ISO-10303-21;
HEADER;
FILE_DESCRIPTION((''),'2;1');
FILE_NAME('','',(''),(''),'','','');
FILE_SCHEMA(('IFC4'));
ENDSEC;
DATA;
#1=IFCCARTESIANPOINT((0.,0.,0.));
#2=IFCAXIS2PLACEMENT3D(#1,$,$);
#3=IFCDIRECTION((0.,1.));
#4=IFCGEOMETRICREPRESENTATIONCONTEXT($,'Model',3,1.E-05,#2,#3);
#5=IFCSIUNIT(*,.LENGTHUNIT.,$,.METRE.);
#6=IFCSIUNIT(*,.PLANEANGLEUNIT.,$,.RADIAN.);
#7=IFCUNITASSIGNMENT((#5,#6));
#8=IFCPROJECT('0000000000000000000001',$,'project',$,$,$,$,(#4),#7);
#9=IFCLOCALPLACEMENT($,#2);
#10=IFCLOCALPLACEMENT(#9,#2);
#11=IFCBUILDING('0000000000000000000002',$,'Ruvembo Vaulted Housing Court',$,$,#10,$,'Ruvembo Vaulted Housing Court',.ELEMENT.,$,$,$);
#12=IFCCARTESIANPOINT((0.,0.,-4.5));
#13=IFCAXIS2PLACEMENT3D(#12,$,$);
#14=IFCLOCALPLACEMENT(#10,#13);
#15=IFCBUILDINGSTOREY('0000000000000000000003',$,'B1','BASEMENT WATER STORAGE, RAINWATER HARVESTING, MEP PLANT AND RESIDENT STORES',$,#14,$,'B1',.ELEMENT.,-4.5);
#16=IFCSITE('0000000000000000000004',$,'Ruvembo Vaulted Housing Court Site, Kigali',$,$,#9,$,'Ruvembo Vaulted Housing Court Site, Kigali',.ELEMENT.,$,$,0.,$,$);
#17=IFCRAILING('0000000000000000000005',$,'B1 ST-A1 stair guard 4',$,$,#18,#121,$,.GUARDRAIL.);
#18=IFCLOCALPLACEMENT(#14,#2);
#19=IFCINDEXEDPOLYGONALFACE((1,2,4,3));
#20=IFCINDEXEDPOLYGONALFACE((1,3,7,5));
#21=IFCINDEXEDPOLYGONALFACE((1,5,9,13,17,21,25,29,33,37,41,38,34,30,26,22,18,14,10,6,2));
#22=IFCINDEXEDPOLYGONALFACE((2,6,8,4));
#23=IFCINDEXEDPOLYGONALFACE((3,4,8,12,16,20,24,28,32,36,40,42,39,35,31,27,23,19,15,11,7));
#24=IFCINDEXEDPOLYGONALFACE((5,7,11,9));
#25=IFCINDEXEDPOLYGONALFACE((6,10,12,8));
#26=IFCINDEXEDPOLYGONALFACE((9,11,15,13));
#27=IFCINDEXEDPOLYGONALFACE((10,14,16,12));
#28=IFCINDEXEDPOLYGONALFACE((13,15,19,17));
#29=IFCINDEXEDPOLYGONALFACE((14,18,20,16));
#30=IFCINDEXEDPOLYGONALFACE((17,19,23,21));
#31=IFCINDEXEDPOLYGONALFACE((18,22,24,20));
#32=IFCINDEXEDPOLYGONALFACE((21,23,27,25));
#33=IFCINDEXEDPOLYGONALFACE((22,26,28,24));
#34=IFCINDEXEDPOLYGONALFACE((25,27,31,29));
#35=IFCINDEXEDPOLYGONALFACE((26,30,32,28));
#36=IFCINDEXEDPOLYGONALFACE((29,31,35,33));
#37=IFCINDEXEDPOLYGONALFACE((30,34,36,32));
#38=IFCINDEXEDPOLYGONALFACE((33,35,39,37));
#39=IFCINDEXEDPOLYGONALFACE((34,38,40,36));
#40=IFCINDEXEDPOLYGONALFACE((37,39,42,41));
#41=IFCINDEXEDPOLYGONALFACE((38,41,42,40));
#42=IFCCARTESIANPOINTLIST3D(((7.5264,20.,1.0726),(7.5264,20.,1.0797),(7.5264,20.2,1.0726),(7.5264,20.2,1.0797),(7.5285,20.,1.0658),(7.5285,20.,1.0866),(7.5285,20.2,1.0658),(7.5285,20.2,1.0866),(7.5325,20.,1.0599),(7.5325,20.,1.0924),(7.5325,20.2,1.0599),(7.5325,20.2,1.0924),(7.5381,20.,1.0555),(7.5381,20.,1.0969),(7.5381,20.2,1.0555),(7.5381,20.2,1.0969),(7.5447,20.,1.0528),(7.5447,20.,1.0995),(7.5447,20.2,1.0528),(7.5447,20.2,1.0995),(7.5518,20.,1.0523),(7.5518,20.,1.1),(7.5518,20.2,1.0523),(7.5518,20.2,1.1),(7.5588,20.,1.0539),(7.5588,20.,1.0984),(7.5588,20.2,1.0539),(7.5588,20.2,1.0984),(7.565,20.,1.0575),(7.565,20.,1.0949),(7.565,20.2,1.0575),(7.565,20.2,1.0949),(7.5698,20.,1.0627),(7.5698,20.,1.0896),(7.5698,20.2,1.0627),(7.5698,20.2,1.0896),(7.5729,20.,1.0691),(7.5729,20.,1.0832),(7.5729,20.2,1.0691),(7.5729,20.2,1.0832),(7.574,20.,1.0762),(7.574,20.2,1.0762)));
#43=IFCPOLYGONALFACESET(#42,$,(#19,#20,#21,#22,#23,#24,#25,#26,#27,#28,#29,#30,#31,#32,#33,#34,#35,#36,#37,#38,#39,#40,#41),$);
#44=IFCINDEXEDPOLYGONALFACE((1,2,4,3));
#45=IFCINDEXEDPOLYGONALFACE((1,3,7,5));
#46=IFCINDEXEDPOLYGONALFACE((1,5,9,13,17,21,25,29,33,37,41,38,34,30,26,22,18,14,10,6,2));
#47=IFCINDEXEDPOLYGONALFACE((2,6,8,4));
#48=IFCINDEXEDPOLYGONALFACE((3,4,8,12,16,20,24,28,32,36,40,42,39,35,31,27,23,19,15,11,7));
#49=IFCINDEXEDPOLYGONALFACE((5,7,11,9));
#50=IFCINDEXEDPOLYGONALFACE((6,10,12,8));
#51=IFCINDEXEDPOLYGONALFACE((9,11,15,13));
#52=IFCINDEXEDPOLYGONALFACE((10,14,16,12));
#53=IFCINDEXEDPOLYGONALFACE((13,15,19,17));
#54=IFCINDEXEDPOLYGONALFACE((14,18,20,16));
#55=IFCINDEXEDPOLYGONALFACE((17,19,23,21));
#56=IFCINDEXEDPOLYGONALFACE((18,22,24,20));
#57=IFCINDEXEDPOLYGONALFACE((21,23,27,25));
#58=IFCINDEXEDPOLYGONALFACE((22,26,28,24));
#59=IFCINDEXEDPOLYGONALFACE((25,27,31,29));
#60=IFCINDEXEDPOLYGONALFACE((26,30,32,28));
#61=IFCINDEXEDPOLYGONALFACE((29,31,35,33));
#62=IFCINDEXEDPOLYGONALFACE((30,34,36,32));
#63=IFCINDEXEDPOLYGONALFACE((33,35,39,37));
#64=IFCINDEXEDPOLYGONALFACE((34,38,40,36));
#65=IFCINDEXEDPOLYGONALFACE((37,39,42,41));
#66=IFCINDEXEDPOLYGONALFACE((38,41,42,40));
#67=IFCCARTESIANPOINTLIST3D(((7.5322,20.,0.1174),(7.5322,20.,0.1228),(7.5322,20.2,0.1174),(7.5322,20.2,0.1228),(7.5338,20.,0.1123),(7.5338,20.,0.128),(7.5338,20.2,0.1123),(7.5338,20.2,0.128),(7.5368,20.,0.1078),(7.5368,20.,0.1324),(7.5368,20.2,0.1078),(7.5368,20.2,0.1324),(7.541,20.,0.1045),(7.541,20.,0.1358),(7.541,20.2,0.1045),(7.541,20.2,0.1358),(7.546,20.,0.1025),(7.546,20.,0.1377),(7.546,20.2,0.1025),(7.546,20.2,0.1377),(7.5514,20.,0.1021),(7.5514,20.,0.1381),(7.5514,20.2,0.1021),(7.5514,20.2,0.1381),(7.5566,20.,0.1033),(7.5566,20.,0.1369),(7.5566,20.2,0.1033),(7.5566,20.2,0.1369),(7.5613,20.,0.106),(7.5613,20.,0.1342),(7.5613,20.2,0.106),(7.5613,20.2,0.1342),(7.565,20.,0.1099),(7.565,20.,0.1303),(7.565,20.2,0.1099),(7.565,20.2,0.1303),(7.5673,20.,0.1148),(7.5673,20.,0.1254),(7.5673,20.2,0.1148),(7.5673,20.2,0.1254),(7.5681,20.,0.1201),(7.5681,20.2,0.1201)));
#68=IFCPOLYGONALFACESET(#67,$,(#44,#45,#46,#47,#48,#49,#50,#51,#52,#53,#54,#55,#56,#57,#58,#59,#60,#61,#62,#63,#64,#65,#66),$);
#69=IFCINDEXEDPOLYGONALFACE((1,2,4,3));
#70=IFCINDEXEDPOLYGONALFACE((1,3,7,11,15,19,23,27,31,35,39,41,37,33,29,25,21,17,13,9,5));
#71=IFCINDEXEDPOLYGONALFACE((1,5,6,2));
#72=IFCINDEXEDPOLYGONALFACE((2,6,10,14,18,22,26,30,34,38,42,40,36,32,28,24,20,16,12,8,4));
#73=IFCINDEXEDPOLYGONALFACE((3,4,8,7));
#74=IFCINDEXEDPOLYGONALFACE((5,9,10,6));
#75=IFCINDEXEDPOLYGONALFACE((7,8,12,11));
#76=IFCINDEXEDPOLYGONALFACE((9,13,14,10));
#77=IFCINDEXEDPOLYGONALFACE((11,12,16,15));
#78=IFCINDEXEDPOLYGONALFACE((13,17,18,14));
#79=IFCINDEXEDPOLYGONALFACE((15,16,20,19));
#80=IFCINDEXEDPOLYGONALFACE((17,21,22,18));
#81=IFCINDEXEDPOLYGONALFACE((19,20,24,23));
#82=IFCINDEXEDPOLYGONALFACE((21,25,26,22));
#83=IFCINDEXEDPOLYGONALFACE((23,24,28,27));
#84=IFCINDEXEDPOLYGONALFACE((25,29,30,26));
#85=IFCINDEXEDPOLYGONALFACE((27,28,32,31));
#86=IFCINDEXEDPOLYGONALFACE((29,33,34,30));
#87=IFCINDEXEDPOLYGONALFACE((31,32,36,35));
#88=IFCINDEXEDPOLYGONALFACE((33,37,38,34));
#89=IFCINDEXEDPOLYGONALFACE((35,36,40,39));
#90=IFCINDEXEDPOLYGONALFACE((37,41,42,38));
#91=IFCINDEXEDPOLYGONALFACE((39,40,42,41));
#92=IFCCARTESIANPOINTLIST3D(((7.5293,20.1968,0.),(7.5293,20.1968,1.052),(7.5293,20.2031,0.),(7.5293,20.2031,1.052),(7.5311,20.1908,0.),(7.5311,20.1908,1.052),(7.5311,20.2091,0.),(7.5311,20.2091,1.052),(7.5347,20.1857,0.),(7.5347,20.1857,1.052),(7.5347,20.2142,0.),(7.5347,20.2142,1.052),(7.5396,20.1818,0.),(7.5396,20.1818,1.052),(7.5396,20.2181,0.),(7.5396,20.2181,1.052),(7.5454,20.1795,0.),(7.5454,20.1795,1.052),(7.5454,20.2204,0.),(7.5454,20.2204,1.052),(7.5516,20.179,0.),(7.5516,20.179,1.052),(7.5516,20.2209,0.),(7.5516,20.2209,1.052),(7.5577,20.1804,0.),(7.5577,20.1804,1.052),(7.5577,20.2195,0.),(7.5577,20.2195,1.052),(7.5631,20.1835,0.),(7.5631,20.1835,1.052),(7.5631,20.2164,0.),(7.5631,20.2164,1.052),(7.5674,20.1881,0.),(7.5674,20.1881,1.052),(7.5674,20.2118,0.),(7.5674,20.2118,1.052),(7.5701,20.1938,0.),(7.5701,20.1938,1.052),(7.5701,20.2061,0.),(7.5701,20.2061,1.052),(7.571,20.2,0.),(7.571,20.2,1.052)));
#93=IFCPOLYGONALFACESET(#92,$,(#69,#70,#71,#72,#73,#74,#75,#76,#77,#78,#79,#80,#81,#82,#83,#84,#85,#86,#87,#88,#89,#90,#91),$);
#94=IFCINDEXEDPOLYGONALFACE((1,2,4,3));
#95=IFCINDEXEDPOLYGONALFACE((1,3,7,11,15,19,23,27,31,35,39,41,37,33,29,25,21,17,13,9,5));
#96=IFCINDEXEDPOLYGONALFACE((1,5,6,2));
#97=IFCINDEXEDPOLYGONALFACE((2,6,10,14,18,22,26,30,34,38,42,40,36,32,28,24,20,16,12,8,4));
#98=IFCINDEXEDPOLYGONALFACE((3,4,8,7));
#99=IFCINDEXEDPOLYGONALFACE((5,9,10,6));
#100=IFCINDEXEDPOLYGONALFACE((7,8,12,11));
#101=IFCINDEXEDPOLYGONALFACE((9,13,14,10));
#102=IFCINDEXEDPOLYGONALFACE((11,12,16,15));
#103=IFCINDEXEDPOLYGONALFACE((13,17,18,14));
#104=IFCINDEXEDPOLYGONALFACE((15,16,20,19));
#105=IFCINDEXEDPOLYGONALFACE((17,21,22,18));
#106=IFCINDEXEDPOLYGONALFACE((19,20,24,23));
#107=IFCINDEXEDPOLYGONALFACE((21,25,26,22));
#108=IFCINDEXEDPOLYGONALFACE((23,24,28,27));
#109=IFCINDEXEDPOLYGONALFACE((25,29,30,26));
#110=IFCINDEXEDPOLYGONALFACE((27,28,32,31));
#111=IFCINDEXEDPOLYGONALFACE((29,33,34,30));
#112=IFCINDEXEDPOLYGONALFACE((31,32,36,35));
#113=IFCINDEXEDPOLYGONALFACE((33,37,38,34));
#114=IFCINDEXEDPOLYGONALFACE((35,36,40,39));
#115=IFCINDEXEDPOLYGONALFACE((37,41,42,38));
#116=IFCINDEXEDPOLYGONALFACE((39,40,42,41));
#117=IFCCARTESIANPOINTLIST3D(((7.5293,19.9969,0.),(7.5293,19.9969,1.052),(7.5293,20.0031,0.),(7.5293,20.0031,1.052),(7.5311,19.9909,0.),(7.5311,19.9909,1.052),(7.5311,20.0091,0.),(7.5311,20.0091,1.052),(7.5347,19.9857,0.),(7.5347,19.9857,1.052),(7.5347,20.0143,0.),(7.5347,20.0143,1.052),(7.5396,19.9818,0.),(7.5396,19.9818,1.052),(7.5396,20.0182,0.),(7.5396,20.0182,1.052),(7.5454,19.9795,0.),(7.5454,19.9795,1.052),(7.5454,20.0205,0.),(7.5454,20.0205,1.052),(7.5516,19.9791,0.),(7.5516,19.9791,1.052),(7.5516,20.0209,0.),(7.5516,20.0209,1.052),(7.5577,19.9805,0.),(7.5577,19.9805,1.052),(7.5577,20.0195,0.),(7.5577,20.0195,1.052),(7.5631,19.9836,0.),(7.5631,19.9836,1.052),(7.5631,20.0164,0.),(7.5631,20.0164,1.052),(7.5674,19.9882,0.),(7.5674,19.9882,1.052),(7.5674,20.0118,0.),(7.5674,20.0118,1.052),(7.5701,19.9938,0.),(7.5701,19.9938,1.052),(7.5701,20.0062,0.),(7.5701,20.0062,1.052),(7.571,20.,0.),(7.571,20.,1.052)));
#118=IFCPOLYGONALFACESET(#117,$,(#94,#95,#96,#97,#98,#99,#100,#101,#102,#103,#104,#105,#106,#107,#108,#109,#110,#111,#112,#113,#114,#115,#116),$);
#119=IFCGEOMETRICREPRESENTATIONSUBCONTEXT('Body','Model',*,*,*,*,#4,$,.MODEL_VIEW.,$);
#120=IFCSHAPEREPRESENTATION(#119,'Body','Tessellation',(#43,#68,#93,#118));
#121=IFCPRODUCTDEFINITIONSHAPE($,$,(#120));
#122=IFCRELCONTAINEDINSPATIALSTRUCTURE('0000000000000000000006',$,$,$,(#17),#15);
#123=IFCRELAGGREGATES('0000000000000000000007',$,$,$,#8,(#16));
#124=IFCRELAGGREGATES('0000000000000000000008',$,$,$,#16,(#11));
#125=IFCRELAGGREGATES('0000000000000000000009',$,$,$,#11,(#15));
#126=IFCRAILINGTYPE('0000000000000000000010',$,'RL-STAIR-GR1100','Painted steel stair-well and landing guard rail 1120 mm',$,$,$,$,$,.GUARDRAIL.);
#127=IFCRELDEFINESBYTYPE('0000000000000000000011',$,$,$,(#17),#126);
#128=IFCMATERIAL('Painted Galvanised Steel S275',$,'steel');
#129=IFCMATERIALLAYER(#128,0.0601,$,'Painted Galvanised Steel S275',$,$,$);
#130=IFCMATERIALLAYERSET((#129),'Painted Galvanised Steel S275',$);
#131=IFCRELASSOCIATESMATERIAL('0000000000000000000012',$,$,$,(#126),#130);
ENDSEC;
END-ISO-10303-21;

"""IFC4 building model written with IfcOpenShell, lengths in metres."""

from ifc_helpers import new_model, si_unit, direction, frame, origin, origin_2d, place, context, subcontext, project, spatial, circle, extrude, material, layer, layer_set, type_object, element, save


model = new_model("IFC4")

# Units and contexts
model_context = context("Model", 3, precision=1e-05, world=origin(), true_north=direction((0.0, 1.0)))
body_context = subcontext(model_context, "Body", "Model", "MODEL_VIEW")
ifc_project = project(units=[si_unit("LENGTHUNIT", "METRE"), si_unit("PLANEANGLEUNIT", "RADIAN")], contexts=[model_context])

# Site, building, storey
site_placement = place(None, origin())
site = spatial("IfcSite", under=ifc_project, at=site_placement, Name="Ruvembo Vaulted Housing Court Site, Kigali", LongName="Ruvembo Vaulted Housing Court Site, Kigali", CompositionType="ELEMENT", RefElevation=0.0)
building_placement = place(site_placement, origin())
building = spatial("IfcBuilding", under=site, at=building_placement, Name="Ruvembo Vaulted Housing Court", LongName="Ruvembo Vaulted Housing Court", CompositionType="ELEMENT")
storey_placement = place(building_placement, frame((0.0, 0.0, -4.5)))
storey = spatial("IfcBuildingStorey", under=building, at=storey_placement, Name="B1", Description="BASEMENT WATER STORAGE, RAINWATER HARVESTING, MEP PLANT AND RESIDENT STORES", LongName="B1", CompositionType="ELEMENT", Elevation=-4.5)

# Railing
ifc_material_1 = material(Name="Painted Galvanised Steel S275", Category="steel")
ifc_layer_1 = layer(ifc_material_1, 0.0601, Name="Painted Galvanised Steel S275")
ifc_layer_set_1 = layer_set([ifc_layer_1], Name="Painted Galvanised Steel S275")
railing_type_1 = type_object("IfcRailingType", Name="RL-STAIR-GR1100", Description="Painted steel stair-well and landing guard rail 1120 mm", PredefinedType="GUARDRAIL", material=ifc_layer_set_1)
railing_1_placement = place(storey_placement, frame((7.55, 20.2, 0.0)))
element("IfcRailing", 1, at=railing_1_placement, inside=storey, type_object=railing_type_1, Name="B1 ST-A1 stair guard 4", PredefinedType="GUARDRAIL", context=body_context, shape_type="SweptSolid", body=[
    extrude(circle(Radius=0.0239, at=origin_2d()), frame((0.0, 0.0, 1.0762), z_axis=(0.0, -1.0, 0.0), x_axis=(1.0, 0.0, 0.0)), (0.0, 0.0, 1.0), 0.2),
    extrude(circle(Radius=0.0181, at=origin_2d()), frame((0.0, 0.0, 0.1201), z_axis=(0.0, -1.0, 0.0), x_axis=(1.0, 0.0, 0.0)), (0.0, 0.0, 1.0), 0.2),
    extrude(circle(Radius=0.021, at=origin_2d()), origin(), (0.0, 0.0, 1.0), 1.052),
    extrude(circle(Radius=0.021, at=origin_2d()), frame((0.0, -0.2, 0.0)), (0.0, 0.0, 1.0), 1.052),
])

save(model, "model.ifc")
